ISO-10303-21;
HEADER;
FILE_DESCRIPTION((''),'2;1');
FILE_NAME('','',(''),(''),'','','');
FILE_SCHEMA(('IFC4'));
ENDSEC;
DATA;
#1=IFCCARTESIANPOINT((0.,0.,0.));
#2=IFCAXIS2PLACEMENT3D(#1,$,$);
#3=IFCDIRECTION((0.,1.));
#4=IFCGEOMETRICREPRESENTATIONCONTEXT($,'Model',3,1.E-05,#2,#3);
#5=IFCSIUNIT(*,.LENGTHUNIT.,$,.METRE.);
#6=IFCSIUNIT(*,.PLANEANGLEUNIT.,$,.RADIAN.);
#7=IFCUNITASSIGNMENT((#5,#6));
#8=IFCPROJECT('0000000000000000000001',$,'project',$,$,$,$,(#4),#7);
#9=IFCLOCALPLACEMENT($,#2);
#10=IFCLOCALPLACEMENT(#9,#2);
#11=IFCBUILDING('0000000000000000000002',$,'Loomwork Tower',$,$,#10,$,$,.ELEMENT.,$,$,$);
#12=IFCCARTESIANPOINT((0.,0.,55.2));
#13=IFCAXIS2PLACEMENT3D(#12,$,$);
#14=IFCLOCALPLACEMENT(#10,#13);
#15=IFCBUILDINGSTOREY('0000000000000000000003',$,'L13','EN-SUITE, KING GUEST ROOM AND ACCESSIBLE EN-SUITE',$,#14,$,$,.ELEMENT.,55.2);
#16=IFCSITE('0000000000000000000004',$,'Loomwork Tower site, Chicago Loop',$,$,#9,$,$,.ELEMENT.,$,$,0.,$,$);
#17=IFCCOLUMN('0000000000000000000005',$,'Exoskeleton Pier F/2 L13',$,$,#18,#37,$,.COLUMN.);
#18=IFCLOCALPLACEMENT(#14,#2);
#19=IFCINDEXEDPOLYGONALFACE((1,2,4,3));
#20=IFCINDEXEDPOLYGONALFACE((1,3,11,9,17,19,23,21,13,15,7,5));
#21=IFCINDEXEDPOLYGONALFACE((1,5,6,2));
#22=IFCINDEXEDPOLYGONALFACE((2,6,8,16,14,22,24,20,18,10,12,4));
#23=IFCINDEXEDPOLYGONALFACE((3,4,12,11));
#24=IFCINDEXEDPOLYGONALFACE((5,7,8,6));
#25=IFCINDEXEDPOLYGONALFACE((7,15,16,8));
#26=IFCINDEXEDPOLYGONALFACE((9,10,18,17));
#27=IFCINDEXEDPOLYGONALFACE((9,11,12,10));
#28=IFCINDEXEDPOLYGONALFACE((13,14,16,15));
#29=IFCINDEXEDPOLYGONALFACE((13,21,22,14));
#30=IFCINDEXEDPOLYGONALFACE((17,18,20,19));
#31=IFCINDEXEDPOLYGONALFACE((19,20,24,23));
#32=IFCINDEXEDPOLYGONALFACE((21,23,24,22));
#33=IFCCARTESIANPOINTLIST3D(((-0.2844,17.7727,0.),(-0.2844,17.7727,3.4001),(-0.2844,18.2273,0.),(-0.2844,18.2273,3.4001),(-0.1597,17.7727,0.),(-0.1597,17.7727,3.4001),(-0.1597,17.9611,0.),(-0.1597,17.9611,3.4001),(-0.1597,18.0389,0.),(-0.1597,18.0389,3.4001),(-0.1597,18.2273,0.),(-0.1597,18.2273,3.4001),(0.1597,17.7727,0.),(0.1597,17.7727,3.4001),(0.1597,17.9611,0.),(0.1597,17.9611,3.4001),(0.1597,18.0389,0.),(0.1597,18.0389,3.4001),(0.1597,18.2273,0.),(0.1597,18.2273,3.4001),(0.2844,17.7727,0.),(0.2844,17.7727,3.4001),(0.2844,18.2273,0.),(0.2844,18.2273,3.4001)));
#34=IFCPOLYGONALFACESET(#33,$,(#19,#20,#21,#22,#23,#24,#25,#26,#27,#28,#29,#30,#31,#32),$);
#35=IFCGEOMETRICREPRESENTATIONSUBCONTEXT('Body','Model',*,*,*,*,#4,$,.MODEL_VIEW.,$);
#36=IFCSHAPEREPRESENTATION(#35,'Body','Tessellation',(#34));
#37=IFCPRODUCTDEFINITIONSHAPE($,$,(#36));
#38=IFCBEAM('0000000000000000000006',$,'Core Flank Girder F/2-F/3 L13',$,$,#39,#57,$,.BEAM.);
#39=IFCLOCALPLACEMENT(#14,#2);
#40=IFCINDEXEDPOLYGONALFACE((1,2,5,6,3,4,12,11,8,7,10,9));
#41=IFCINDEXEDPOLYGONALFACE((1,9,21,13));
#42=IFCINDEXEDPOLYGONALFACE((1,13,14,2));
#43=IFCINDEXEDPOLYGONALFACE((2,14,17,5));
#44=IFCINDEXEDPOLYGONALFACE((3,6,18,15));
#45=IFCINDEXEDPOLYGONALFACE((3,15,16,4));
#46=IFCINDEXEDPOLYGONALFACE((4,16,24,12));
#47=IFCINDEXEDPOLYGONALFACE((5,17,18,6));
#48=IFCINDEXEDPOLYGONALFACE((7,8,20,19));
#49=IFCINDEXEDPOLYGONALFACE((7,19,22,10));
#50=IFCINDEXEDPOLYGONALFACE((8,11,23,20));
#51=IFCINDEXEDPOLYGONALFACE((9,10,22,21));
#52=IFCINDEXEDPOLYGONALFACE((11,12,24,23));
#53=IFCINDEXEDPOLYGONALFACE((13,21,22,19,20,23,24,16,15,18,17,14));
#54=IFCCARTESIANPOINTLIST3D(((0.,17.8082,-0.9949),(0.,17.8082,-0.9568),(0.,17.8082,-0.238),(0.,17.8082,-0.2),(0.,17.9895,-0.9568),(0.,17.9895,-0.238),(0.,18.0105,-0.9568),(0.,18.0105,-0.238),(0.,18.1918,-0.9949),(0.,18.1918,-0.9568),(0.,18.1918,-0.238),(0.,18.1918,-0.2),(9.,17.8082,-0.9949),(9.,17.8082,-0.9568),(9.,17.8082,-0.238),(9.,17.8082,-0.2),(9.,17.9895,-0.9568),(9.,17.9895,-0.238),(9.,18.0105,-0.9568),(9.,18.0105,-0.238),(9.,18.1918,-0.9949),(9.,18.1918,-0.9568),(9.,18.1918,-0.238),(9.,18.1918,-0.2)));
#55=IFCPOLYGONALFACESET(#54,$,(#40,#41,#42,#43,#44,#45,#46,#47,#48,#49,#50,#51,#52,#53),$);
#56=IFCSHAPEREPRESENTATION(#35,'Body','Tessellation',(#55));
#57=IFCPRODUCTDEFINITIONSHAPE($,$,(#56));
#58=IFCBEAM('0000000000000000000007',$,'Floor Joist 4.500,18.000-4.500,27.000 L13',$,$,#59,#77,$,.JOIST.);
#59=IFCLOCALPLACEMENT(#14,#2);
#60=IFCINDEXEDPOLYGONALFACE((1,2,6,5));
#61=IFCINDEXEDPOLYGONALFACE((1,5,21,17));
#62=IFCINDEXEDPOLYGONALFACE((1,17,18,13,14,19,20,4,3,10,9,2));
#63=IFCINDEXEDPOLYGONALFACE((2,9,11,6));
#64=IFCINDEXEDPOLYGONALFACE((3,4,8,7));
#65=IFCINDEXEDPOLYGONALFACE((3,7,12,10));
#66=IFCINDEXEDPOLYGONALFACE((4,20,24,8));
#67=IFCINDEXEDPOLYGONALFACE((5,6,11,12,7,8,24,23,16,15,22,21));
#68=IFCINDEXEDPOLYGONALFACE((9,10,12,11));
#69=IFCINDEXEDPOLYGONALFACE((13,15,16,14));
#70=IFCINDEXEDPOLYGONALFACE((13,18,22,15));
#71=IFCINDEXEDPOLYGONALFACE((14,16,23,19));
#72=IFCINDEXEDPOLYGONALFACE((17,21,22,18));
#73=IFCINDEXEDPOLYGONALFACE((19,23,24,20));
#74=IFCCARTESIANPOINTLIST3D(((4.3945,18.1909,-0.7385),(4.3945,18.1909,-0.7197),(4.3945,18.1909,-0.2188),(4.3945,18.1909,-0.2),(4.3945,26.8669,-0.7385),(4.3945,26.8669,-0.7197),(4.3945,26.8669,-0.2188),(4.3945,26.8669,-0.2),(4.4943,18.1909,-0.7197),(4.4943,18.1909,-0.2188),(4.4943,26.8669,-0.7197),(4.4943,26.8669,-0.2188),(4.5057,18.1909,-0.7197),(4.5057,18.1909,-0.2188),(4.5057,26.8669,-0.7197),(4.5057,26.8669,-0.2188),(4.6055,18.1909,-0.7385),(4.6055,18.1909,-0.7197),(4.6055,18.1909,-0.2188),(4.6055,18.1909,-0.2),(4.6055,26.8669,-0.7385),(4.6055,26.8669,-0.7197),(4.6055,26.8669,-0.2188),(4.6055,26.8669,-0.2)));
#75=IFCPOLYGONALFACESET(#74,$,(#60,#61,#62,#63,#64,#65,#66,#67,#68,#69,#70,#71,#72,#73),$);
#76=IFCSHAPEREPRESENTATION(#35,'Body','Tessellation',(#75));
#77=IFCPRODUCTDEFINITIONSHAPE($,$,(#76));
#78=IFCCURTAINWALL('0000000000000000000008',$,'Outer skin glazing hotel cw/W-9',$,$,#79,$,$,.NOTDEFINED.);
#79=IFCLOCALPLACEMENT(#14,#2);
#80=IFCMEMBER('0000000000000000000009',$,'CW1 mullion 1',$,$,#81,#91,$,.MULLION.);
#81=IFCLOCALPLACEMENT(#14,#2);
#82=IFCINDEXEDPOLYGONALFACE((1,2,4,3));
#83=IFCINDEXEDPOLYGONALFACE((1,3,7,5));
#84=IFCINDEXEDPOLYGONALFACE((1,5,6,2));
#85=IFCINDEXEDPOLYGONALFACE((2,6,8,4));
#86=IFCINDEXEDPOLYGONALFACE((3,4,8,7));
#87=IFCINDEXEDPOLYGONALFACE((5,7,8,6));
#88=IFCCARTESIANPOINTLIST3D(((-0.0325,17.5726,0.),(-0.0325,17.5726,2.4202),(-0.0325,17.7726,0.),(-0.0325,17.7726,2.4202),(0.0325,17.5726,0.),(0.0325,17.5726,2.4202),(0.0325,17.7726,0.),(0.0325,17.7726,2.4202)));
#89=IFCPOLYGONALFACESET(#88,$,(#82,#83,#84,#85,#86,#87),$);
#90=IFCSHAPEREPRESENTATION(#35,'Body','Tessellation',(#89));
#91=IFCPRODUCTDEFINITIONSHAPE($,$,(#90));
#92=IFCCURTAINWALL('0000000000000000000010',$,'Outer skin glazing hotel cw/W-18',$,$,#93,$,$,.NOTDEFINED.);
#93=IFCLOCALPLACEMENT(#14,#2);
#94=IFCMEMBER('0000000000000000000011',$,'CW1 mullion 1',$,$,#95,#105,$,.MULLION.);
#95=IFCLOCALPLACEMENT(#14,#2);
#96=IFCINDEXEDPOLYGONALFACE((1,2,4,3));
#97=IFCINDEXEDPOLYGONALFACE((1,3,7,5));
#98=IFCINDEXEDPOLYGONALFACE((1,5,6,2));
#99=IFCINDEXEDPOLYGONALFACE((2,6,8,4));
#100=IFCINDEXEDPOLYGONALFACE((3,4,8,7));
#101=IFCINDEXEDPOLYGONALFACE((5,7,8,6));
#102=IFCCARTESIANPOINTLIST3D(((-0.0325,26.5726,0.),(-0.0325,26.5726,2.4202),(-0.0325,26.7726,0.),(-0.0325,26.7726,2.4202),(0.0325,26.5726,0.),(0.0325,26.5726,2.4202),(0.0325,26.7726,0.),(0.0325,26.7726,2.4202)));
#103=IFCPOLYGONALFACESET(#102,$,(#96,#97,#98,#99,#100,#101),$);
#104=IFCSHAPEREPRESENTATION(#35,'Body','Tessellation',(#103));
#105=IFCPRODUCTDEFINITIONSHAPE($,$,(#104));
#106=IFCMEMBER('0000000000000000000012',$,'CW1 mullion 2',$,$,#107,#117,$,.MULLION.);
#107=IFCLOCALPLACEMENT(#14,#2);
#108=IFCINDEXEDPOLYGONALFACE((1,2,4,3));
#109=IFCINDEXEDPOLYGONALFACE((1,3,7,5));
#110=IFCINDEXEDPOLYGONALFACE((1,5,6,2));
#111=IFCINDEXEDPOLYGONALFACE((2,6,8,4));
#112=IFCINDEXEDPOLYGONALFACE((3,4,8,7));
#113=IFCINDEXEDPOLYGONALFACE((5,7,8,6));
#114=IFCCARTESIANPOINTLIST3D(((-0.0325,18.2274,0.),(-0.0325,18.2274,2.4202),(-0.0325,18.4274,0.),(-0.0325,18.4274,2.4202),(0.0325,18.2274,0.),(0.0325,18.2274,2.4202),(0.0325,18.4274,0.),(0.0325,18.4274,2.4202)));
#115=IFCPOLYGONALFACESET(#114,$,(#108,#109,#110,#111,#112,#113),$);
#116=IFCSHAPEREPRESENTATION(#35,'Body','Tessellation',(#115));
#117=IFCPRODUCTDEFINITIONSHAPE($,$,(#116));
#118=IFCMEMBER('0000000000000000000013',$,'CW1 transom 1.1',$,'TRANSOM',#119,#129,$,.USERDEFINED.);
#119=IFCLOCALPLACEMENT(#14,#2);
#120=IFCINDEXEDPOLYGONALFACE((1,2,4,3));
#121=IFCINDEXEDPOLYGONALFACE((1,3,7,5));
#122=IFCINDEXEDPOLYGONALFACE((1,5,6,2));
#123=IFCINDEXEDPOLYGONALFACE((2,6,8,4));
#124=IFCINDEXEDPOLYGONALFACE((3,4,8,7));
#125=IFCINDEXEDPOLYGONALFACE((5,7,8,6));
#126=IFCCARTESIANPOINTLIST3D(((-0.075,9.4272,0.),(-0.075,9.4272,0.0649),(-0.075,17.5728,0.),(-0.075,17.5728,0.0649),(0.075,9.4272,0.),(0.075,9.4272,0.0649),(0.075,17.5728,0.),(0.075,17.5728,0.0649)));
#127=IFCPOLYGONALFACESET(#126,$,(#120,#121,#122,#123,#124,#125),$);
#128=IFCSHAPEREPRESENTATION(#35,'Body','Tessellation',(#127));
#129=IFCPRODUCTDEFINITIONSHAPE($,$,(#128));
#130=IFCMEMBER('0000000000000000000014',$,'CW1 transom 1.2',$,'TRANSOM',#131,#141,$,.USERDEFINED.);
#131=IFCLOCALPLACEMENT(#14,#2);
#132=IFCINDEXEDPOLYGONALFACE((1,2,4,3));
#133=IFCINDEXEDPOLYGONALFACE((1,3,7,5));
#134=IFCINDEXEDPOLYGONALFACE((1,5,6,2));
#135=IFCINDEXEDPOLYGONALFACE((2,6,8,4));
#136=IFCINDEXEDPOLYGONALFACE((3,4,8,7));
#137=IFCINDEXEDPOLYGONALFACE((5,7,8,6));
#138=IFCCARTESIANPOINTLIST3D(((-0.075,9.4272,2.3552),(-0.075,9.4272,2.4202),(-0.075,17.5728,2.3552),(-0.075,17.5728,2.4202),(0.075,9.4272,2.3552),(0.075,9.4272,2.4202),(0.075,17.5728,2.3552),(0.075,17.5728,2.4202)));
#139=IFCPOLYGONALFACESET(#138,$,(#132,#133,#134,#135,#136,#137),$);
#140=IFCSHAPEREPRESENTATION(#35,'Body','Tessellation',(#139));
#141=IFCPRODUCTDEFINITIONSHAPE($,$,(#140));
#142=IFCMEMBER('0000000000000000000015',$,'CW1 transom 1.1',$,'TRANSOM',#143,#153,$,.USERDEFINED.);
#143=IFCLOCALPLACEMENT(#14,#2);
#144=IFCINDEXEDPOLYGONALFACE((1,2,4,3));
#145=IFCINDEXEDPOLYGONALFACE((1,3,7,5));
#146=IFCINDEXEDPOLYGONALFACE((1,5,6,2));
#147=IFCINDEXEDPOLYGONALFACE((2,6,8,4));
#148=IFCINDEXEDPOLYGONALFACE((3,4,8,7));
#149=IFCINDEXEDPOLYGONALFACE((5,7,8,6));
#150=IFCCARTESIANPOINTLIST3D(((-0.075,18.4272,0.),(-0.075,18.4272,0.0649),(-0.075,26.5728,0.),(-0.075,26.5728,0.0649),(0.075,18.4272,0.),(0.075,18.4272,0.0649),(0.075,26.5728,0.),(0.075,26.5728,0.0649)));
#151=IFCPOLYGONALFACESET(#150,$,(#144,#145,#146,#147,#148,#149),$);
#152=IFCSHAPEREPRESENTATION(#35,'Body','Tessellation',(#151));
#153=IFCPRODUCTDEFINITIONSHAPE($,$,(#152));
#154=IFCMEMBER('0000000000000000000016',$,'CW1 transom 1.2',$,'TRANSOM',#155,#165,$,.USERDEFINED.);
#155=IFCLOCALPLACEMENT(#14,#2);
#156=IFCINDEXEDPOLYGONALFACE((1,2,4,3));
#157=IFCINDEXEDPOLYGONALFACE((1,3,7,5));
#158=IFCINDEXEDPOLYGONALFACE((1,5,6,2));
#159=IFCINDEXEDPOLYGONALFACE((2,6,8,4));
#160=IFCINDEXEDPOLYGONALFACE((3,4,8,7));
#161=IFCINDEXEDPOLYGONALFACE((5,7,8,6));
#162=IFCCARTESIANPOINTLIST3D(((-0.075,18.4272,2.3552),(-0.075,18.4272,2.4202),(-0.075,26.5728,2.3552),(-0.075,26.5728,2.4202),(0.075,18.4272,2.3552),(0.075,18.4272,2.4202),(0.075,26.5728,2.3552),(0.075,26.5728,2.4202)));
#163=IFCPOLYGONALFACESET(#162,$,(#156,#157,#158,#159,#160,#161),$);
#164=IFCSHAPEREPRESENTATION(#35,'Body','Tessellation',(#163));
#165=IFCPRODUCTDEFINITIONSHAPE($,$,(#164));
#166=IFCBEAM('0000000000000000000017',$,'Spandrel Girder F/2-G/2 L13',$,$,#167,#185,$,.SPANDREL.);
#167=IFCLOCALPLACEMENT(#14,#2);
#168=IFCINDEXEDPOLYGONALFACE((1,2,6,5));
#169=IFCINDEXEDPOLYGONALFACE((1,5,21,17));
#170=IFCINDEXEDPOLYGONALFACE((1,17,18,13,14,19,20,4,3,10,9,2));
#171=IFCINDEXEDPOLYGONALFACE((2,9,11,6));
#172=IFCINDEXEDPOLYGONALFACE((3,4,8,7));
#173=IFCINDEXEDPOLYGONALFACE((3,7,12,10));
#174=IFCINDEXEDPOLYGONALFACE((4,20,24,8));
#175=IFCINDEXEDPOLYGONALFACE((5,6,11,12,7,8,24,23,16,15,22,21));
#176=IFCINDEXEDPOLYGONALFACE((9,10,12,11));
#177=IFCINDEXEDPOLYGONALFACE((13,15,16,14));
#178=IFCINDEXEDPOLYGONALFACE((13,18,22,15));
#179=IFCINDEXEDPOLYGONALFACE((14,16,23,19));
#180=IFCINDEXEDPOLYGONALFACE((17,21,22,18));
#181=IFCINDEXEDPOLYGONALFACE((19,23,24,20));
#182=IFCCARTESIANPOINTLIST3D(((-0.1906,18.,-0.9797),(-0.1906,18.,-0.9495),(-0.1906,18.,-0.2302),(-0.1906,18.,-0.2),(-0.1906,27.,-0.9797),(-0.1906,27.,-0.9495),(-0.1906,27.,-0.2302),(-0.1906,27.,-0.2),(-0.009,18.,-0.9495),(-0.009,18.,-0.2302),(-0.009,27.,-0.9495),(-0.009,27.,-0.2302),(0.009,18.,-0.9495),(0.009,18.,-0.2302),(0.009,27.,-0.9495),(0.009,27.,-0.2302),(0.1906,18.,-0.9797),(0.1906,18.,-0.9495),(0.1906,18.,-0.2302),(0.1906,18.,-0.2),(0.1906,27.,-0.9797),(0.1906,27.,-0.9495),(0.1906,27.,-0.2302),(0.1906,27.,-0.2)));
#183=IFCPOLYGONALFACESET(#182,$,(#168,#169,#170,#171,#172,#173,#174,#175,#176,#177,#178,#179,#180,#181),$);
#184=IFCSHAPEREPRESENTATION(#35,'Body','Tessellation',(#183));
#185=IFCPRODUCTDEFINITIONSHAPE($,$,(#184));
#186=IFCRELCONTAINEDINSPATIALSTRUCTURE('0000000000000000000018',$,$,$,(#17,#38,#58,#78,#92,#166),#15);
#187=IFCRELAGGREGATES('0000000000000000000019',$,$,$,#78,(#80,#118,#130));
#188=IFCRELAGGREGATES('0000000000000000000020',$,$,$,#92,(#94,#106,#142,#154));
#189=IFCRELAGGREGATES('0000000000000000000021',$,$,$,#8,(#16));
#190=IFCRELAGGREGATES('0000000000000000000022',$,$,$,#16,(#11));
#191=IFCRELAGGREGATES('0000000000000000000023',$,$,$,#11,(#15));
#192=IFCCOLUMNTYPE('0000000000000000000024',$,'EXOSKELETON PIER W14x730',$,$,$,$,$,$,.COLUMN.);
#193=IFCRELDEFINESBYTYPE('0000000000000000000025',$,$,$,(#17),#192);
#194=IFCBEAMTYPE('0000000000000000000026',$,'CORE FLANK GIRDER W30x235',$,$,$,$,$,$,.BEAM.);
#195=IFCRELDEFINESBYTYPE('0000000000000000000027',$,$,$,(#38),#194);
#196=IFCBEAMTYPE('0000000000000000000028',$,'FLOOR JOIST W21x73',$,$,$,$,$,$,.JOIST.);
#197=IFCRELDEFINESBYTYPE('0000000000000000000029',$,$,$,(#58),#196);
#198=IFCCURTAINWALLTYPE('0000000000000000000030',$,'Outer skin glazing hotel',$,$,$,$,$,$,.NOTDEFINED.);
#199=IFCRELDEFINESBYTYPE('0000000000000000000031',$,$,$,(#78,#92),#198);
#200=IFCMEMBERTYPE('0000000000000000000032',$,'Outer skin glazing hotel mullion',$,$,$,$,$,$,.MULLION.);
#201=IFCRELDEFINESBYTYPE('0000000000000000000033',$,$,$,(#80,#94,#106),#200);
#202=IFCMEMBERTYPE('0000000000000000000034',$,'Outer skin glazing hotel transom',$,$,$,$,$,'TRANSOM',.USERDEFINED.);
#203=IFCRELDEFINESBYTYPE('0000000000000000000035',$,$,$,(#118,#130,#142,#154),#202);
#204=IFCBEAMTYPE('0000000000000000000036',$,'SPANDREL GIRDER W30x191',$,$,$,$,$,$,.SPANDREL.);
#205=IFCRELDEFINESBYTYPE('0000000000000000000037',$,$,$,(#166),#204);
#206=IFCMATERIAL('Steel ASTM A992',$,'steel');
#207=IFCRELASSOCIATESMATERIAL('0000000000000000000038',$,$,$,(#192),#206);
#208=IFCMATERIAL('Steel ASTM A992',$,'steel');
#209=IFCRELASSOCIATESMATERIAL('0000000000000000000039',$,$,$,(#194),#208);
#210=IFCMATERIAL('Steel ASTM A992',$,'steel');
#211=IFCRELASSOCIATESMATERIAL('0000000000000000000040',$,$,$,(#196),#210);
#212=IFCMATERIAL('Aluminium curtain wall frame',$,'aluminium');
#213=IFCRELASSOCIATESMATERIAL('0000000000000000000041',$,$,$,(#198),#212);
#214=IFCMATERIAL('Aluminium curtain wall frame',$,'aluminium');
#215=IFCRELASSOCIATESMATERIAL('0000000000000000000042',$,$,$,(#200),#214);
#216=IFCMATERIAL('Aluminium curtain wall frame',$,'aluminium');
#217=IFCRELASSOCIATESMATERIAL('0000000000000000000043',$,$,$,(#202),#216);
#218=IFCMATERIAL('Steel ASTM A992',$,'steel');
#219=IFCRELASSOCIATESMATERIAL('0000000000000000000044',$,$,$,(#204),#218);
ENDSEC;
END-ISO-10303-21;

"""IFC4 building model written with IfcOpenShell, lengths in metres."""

from ifc_helpers import new_model, si_unit, direction, frame, origin, origin_2d, place, context, subcontext, project, spatial, rectangle, i_section, extrude, material, material_profile, profile_set, type_object, element, aggregate, save


model = new_model("IFC4")

# Units and contexts
model_context = context("Model", 3, precision=1e-05, world=origin(), true_north=direction((0.0, 1.0)))
body_context = subcontext(model_context, "Body", "Model", "MODEL_VIEW")
ifc_project = project(units=[si_unit("LENGTHUNIT", "METRE"), si_unit("PLANEANGLEUNIT", "RADIAN")], contexts=[model_context])

# Site, building, storey
site_placement = place(None, origin())
site = spatial("IfcSite", under=ifc_project, at=site_placement, Name="Loomwork Tower site, Chicago Loop", CompositionType="ELEMENT", RefElevation=0.0)
building_placement = place(site_placement, origin())
building = spatial("IfcBuilding", under=site, at=building_placement, Name="Loomwork Tower", CompositionType="ELEMENT")
storey_placement = place(building_placement, frame((0.0, 0.0, 55.2)))
storey = spatial("IfcBuildingStorey", under=building, at=storey_placement, Name="L13", Description="EN-SUITE, KING GUEST ROOM AND ACCESSIBLE EN-SUITE", CompositionType="ELEMENT", Elevation=55.2)

# Column
ifc_material_1 = material(Name="Steel ASTM A992", Category="steel")
ifc_material_profile_1 = material_profile(ifc_material_1, i_section(OverallWidth=0.4546, OverallDepth=0.5688, WebThickness=0.0779, FlangeThickness=0.1248, at=origin_2d()), Name="W14x730")
ifc_profile_set_1 = profile_set([ifc_material_profile_1], Name="Steel ASTM A992")
column_type = type_object("IfcColumnType", Name="EXOSKELETON PIER W14x730", PredefinedType="COLUMN", material=ifc_profile_set_1)
column_placement = place(storey_placement, frame((0.0, 18.0, 0.0), z_axis=(0.0, 0.0, 1.0), x_axis=(0.0, 1.0, 0.0)))
element("IfcColumn", 1, at=column_placement, inside=storey, type_object=column_type, Name="Exoskeleton Pier F/2 L13", PredefinedType="COLUMN", context=body_context, shape_type="SweptSolid", body=[
    extrude(i_section(OverallWidth=0.4546, OverallDepth=0.5688, WebThickness=0.0779, FlangeThickness=0.1248, at=origin_2d()), origin(), (0.0, 0.0, 1.0), 3.4001),
])

# Beams
ifc_material_2 = material(Name="Steel ASTM A992", Category="steel")
ifc_material_profile_2 = material_profile(ifc_material_2, i_section(OverallWidth=0.3835, OverallDepth=0.7949, WebThickness=0.021, FlangeThickness=0.0381, at=origin_2d()), Name="W30x235")
ifc_profile_set_2 = profile_set([ifc_material_profile_2], Name="Steel ASTM A992")
beam_type_1 = type_object("IfcBeamType", Name="CORE FLANK GIRDER W30x235", PredefinedType="BEAM", material=ifc_profile_set_2)
beam_1_placement = place(storey_placement, frame((0.0, 18.0, -0.5974), z_axis=(1.0, 0.0, 0.0), x_axis=(0.0, 1.0, 0.0)))
element("IfcBeam", 2, at=beam_1_placement, inside=storey, type_object=beam_type_1, Name="Core Flank Girder F/2-F/3 L13", PredefinedType="BEAM", context=body_context, shape_type="SweptSolid", body=[
    extrude(i_section(OverallWidth=0.3835, OverallDepth=0.7949, WebThickness=0.021, FlangeThickness=0.0381, at=origin_2d()), origin(), (0.0, 0.0, 1.0), 9.0),
])
ifc_material_3 = material(Name="Steel ASTM A992", Category="steel")
ifc_material_profile_3 = material_profile(ifc_material_3, i_section(OverallWidth=0.2109, OverallDepth=0.5386, WebThickness=0.0115, FlangeThickness=0.0188, at=origin_2d()), Name="W21x73")
ifc_profile_set_3 = profile_set([ifc_material_profile_3], Name="Steel ASTM A992")
beam_type_2 = type_object("IfcBeamType", Name="FLOOR JOIST W21x73", PredefinedType="JOIST", material=ifc_profile_set_3)
beam_2_placement = place(storey_placement, frame((4.5, 18.1909, -0.4692), z_axis=(0.0, 1.0, 0.0), x_axis=(-1.0, 0.0, 0.0)))
element("IfcBeam", 3, at=beam_2_placement, inside=storey, type_object=beam_type_2, Name="Floor Joist 4.500,18.000-4.500,27.000 L13", PredefinedType="JOIST", context=body_context, shape_type="SweptSolid", body=[
    extrude(i_section(OverallWidth=0.2109, OverallDepth=0.5386, WebThickness=0.0115, FlangeThickness=0.0188, at=origin_2d()), origin(), (0.0, 0.0, 1.0), 8.676),
])

# Curtain wall, member
ifc_material_4 = material(Name="Aluminium curtain wall frame", Category="aluminium")
curtain_wall_type = type_object("IfcCurtainWallType", Name="Outer skin glazing hotel", PredefinedType="NOTDEFINED", material=ifc_material_4)
curtain_wall_1_placement = place(storey_placement, origin())
curtain_wall_1 = element("IfcCurtainWall", 4, at=curtain_wall_1_placement, inside=storey, type_object=curtain_wall_type, Name="Outer skin glazing hotel cw/W-9", PredefinedType="NOTDEFINED")
ifc_material_5 = material(Name="Aluminium curtain wall frame", Category="aluminium")
ifc_material_profile_4 = material_profile(ifc_material_5, rectangle(XDim=0.0649, YDim=0.2, at=origin_2d()), Name="AL 65x200")
ifc_profile_set_4 = profile_set([ifc_material_profile_4], Name="Aluminium curtain wall frame")
member_type_1 = type_object("IfcMemberType", Name="Outer skin glazing hotel mullion", PredefinedType="MULLION", material=ifc_profile_set_4)
member_1_placement = place(storey_placement, frame((0.0, 17.6726, 0.0), z_axis=(0.0, 0.0, 1.0), x_axis=(1.0, 0.0, 0.0)))
member_1 = element("IfcMember", 5, at=member_1_placement, type_object=member_type_1, Name="CW1 mullion 1", PredefinedType="MULLION", context=body_context, shape_type="SweptSolid", body=[
    extrude(rectangle(XDim=0.0649, YDim=0.2, at=origin_2d()), origin(), (0.0, 0.0, 1.0), 2.4202),
])

# Curtain wall, members
curtain_wall_2_placement = place(storey_placement, origin())
curtain_wall_2 = element("IfcCurtainWall", 6, at=curtain_wall_2_placement, inside=storey, type_object=curtain_wall_type, Name="Outer skin glazing hotel cw/W-18", PredefinedType="NOTDEFINED")
member_2_placement = place(storey_placement, frame((0.0, 26.6726, 0.0), z_axis=(0.0, 0.0, 1.0), x_axis=(1.0, 0.0, 0.0)))
member_2 = element("IfcMember", 7, at=member_2_placement, type_object=member_type_1, Name="CW1 mullion 1", PredefinedType="MULLION", context=body_context, shape_type="SweptSolid", body=[
    extrude(rectangle(XDim=0.0649, YDim=0.2, at=origin_2d()), origin(), (0.0, 0.0, 1.0), 2.4202),
])
member_3_placement = place(storey_placement, frame((0.0, 18.3274, 0.0), z_axis=(0.0, 0.0, 1.0), x_axis=(1.0, 0.0, 0.0)))
member_3 = element("IfcMember", 8, at=member_3_placement, type_object=member_type_1, Name="CW1 mullion 2", PredefinedType="MULLION", context=body_context, shape_type="SweptSolid", body=[
    extrude(rectangle(XDim=0.0649, YDim=0.2, at=origin_2d()), origin(), (0.0, 0.0, 1.0), 2.4202),
])

# Members
ifc_material_6 = material(Name="Aluminium curtain wall frame", Category="aluminium")
ifc_material_profile_5 = material_profile(ifc_material_6, rectangle(XDim=0.1499, YDim=0.0649, at=origin_2d()), Name="AL 65x150")
ifc_profile_set_5 = profile_set([ifc_material_profile_5], Name="Aluminium curtain wall frame")
member_type_2 = type_object("IfcMemberType", Name="Outer skin glazing hotel transom", ElementType="TRANSOM", PredefinedType="USERDEFINED", material=ifc_profile_set_5)
member_4_placement = place(storey_placement, frame((0.0, 17.5728, 0.0325), z_axis=(0.0, -1.0, 0.0), x_axis=(1.0, 0.0, 0.0)))
member_4 = element("IfcMember", 9, at=member_4_placement, type_object=member_type_2, Name="CW1 transom 1.1", ObjectType="TRANSOM", PredefinedType="USERDEFINED", context=body_context, shape_type="SweptSolid", body=[
    extrude(rectangle(XDim=0.1499, YDim=0.0649, at=origin_2d()), origin(), (0.0, 0.0, 1.0), 8.1455),
])
member_5_placement = place(storey_placement, frame((0.0, 17.5728, 2.3877), z_axis=(0.0, -1.0, 0.0), x_axis=(1.0, 0.0, 0.0)))
member_5 = element("IfcMember", 10, at=member_5_placement, type_object=member_type_2, Name="CW1 transom 1.2", ObjectType="TRANSOM", PredefinedType="USERDEFINED", context=body_context, shape_type="SweptSolid", body=[
    extrude(rectangle(XDim=0.1499, YDim=0.0649, at=origin_2d()), origin(), (0.0, 0.0, 1.0), 8.1455),
])
aggregate(curtain_wall_1, [member_1, member_4, member_5])
member_6_placement = place(storey_placement, frame((0.0, 26.5728, 0.0325), z_axis=(0.0, -1.0, 0.0), x_axis=(1.0, 0.0, 0.0)))
member_6 = element("IfcMember", 11, at=member_6_placement, type_object=member_type_2, Name="CW1 transom 1.1", ObjectType="TRANSOM", PredefinedType="USERDEFINED", context=body_context, shape_type="SweptSolid", body=[
    extrude(rectangle(XDim=0.1499, YDim=0.0649, at=origin_2d()), origin(), (0.0, 0.0, 1.0), 8.1455),
])
member_7_placement = place(storey_placement, frame((0.0, 26.5728, 2.3877), z_axis=(0.0, -1.0, 0.0), x_axis=(1.0, 0.0, 0.0)))
member_7 = element("IfcMember", 12, at=member_7_placement, type_object=member_type_2, Name="CW1 transom 1.2", ObjectType="TRANSOM", PredefinedType="USERDEFINED", context=body_context, shape_type="SweptSolid", body=[
    extrude(rectangle(XDim=0.1499, YDim=0.0649, at=origin_2d()), origin(), (0.0, 0.0, 1.0), 8.1455),
])

# Beam
ifc_material_7 = material(Name="Steel ASTM A992", Category="steel")
ifc_material_profile_6 = material_profile(ifc_material_7, i_section(OverallWidth=0.3811, OverallDepth=0.7798, WebThickness=0.0181, FlangeThickness=0.0303, at=origin_2d()), Name="W30x191")
ifc_profile_set_6 = profile_set([ifc_material_profile_6], Name="Steel ASTM A992")
beam_type_3 = type_object("IfcBeamType", Name="SPANDREL GIRDER W30x191", PredefinedType="SPANDREL", material=ifc_profile_set_6)
beam_3_placement = place(storey_placement, frame((0.0, 18.0, -0.5898), z_axis=(0.0, 1.0, 0.0), x_axis=(-1.0, 0.0, 0.0)))
element("IfcBeam", 13, at=beam_3_placement, inside=storey, type_object=beam_type_3, Name="Spandrel Girder F/2-G/2 L13", PredefinedType="SPANDREL", context=body_context, shape_type="SweptSolid", body=[
    extrude(i_section(OverallWidth=0.3811, OverallDepth=0.7798, WebThickness=0.0181, FlangeThickness=0.0303, at=origin_2d()), origin(), (0.0, 0.0, 1.0), 9.0),
])

aggregate(curtain_wall_2, [member_2, member_3, member_6, member_7])

save(model, "model.ifc")
